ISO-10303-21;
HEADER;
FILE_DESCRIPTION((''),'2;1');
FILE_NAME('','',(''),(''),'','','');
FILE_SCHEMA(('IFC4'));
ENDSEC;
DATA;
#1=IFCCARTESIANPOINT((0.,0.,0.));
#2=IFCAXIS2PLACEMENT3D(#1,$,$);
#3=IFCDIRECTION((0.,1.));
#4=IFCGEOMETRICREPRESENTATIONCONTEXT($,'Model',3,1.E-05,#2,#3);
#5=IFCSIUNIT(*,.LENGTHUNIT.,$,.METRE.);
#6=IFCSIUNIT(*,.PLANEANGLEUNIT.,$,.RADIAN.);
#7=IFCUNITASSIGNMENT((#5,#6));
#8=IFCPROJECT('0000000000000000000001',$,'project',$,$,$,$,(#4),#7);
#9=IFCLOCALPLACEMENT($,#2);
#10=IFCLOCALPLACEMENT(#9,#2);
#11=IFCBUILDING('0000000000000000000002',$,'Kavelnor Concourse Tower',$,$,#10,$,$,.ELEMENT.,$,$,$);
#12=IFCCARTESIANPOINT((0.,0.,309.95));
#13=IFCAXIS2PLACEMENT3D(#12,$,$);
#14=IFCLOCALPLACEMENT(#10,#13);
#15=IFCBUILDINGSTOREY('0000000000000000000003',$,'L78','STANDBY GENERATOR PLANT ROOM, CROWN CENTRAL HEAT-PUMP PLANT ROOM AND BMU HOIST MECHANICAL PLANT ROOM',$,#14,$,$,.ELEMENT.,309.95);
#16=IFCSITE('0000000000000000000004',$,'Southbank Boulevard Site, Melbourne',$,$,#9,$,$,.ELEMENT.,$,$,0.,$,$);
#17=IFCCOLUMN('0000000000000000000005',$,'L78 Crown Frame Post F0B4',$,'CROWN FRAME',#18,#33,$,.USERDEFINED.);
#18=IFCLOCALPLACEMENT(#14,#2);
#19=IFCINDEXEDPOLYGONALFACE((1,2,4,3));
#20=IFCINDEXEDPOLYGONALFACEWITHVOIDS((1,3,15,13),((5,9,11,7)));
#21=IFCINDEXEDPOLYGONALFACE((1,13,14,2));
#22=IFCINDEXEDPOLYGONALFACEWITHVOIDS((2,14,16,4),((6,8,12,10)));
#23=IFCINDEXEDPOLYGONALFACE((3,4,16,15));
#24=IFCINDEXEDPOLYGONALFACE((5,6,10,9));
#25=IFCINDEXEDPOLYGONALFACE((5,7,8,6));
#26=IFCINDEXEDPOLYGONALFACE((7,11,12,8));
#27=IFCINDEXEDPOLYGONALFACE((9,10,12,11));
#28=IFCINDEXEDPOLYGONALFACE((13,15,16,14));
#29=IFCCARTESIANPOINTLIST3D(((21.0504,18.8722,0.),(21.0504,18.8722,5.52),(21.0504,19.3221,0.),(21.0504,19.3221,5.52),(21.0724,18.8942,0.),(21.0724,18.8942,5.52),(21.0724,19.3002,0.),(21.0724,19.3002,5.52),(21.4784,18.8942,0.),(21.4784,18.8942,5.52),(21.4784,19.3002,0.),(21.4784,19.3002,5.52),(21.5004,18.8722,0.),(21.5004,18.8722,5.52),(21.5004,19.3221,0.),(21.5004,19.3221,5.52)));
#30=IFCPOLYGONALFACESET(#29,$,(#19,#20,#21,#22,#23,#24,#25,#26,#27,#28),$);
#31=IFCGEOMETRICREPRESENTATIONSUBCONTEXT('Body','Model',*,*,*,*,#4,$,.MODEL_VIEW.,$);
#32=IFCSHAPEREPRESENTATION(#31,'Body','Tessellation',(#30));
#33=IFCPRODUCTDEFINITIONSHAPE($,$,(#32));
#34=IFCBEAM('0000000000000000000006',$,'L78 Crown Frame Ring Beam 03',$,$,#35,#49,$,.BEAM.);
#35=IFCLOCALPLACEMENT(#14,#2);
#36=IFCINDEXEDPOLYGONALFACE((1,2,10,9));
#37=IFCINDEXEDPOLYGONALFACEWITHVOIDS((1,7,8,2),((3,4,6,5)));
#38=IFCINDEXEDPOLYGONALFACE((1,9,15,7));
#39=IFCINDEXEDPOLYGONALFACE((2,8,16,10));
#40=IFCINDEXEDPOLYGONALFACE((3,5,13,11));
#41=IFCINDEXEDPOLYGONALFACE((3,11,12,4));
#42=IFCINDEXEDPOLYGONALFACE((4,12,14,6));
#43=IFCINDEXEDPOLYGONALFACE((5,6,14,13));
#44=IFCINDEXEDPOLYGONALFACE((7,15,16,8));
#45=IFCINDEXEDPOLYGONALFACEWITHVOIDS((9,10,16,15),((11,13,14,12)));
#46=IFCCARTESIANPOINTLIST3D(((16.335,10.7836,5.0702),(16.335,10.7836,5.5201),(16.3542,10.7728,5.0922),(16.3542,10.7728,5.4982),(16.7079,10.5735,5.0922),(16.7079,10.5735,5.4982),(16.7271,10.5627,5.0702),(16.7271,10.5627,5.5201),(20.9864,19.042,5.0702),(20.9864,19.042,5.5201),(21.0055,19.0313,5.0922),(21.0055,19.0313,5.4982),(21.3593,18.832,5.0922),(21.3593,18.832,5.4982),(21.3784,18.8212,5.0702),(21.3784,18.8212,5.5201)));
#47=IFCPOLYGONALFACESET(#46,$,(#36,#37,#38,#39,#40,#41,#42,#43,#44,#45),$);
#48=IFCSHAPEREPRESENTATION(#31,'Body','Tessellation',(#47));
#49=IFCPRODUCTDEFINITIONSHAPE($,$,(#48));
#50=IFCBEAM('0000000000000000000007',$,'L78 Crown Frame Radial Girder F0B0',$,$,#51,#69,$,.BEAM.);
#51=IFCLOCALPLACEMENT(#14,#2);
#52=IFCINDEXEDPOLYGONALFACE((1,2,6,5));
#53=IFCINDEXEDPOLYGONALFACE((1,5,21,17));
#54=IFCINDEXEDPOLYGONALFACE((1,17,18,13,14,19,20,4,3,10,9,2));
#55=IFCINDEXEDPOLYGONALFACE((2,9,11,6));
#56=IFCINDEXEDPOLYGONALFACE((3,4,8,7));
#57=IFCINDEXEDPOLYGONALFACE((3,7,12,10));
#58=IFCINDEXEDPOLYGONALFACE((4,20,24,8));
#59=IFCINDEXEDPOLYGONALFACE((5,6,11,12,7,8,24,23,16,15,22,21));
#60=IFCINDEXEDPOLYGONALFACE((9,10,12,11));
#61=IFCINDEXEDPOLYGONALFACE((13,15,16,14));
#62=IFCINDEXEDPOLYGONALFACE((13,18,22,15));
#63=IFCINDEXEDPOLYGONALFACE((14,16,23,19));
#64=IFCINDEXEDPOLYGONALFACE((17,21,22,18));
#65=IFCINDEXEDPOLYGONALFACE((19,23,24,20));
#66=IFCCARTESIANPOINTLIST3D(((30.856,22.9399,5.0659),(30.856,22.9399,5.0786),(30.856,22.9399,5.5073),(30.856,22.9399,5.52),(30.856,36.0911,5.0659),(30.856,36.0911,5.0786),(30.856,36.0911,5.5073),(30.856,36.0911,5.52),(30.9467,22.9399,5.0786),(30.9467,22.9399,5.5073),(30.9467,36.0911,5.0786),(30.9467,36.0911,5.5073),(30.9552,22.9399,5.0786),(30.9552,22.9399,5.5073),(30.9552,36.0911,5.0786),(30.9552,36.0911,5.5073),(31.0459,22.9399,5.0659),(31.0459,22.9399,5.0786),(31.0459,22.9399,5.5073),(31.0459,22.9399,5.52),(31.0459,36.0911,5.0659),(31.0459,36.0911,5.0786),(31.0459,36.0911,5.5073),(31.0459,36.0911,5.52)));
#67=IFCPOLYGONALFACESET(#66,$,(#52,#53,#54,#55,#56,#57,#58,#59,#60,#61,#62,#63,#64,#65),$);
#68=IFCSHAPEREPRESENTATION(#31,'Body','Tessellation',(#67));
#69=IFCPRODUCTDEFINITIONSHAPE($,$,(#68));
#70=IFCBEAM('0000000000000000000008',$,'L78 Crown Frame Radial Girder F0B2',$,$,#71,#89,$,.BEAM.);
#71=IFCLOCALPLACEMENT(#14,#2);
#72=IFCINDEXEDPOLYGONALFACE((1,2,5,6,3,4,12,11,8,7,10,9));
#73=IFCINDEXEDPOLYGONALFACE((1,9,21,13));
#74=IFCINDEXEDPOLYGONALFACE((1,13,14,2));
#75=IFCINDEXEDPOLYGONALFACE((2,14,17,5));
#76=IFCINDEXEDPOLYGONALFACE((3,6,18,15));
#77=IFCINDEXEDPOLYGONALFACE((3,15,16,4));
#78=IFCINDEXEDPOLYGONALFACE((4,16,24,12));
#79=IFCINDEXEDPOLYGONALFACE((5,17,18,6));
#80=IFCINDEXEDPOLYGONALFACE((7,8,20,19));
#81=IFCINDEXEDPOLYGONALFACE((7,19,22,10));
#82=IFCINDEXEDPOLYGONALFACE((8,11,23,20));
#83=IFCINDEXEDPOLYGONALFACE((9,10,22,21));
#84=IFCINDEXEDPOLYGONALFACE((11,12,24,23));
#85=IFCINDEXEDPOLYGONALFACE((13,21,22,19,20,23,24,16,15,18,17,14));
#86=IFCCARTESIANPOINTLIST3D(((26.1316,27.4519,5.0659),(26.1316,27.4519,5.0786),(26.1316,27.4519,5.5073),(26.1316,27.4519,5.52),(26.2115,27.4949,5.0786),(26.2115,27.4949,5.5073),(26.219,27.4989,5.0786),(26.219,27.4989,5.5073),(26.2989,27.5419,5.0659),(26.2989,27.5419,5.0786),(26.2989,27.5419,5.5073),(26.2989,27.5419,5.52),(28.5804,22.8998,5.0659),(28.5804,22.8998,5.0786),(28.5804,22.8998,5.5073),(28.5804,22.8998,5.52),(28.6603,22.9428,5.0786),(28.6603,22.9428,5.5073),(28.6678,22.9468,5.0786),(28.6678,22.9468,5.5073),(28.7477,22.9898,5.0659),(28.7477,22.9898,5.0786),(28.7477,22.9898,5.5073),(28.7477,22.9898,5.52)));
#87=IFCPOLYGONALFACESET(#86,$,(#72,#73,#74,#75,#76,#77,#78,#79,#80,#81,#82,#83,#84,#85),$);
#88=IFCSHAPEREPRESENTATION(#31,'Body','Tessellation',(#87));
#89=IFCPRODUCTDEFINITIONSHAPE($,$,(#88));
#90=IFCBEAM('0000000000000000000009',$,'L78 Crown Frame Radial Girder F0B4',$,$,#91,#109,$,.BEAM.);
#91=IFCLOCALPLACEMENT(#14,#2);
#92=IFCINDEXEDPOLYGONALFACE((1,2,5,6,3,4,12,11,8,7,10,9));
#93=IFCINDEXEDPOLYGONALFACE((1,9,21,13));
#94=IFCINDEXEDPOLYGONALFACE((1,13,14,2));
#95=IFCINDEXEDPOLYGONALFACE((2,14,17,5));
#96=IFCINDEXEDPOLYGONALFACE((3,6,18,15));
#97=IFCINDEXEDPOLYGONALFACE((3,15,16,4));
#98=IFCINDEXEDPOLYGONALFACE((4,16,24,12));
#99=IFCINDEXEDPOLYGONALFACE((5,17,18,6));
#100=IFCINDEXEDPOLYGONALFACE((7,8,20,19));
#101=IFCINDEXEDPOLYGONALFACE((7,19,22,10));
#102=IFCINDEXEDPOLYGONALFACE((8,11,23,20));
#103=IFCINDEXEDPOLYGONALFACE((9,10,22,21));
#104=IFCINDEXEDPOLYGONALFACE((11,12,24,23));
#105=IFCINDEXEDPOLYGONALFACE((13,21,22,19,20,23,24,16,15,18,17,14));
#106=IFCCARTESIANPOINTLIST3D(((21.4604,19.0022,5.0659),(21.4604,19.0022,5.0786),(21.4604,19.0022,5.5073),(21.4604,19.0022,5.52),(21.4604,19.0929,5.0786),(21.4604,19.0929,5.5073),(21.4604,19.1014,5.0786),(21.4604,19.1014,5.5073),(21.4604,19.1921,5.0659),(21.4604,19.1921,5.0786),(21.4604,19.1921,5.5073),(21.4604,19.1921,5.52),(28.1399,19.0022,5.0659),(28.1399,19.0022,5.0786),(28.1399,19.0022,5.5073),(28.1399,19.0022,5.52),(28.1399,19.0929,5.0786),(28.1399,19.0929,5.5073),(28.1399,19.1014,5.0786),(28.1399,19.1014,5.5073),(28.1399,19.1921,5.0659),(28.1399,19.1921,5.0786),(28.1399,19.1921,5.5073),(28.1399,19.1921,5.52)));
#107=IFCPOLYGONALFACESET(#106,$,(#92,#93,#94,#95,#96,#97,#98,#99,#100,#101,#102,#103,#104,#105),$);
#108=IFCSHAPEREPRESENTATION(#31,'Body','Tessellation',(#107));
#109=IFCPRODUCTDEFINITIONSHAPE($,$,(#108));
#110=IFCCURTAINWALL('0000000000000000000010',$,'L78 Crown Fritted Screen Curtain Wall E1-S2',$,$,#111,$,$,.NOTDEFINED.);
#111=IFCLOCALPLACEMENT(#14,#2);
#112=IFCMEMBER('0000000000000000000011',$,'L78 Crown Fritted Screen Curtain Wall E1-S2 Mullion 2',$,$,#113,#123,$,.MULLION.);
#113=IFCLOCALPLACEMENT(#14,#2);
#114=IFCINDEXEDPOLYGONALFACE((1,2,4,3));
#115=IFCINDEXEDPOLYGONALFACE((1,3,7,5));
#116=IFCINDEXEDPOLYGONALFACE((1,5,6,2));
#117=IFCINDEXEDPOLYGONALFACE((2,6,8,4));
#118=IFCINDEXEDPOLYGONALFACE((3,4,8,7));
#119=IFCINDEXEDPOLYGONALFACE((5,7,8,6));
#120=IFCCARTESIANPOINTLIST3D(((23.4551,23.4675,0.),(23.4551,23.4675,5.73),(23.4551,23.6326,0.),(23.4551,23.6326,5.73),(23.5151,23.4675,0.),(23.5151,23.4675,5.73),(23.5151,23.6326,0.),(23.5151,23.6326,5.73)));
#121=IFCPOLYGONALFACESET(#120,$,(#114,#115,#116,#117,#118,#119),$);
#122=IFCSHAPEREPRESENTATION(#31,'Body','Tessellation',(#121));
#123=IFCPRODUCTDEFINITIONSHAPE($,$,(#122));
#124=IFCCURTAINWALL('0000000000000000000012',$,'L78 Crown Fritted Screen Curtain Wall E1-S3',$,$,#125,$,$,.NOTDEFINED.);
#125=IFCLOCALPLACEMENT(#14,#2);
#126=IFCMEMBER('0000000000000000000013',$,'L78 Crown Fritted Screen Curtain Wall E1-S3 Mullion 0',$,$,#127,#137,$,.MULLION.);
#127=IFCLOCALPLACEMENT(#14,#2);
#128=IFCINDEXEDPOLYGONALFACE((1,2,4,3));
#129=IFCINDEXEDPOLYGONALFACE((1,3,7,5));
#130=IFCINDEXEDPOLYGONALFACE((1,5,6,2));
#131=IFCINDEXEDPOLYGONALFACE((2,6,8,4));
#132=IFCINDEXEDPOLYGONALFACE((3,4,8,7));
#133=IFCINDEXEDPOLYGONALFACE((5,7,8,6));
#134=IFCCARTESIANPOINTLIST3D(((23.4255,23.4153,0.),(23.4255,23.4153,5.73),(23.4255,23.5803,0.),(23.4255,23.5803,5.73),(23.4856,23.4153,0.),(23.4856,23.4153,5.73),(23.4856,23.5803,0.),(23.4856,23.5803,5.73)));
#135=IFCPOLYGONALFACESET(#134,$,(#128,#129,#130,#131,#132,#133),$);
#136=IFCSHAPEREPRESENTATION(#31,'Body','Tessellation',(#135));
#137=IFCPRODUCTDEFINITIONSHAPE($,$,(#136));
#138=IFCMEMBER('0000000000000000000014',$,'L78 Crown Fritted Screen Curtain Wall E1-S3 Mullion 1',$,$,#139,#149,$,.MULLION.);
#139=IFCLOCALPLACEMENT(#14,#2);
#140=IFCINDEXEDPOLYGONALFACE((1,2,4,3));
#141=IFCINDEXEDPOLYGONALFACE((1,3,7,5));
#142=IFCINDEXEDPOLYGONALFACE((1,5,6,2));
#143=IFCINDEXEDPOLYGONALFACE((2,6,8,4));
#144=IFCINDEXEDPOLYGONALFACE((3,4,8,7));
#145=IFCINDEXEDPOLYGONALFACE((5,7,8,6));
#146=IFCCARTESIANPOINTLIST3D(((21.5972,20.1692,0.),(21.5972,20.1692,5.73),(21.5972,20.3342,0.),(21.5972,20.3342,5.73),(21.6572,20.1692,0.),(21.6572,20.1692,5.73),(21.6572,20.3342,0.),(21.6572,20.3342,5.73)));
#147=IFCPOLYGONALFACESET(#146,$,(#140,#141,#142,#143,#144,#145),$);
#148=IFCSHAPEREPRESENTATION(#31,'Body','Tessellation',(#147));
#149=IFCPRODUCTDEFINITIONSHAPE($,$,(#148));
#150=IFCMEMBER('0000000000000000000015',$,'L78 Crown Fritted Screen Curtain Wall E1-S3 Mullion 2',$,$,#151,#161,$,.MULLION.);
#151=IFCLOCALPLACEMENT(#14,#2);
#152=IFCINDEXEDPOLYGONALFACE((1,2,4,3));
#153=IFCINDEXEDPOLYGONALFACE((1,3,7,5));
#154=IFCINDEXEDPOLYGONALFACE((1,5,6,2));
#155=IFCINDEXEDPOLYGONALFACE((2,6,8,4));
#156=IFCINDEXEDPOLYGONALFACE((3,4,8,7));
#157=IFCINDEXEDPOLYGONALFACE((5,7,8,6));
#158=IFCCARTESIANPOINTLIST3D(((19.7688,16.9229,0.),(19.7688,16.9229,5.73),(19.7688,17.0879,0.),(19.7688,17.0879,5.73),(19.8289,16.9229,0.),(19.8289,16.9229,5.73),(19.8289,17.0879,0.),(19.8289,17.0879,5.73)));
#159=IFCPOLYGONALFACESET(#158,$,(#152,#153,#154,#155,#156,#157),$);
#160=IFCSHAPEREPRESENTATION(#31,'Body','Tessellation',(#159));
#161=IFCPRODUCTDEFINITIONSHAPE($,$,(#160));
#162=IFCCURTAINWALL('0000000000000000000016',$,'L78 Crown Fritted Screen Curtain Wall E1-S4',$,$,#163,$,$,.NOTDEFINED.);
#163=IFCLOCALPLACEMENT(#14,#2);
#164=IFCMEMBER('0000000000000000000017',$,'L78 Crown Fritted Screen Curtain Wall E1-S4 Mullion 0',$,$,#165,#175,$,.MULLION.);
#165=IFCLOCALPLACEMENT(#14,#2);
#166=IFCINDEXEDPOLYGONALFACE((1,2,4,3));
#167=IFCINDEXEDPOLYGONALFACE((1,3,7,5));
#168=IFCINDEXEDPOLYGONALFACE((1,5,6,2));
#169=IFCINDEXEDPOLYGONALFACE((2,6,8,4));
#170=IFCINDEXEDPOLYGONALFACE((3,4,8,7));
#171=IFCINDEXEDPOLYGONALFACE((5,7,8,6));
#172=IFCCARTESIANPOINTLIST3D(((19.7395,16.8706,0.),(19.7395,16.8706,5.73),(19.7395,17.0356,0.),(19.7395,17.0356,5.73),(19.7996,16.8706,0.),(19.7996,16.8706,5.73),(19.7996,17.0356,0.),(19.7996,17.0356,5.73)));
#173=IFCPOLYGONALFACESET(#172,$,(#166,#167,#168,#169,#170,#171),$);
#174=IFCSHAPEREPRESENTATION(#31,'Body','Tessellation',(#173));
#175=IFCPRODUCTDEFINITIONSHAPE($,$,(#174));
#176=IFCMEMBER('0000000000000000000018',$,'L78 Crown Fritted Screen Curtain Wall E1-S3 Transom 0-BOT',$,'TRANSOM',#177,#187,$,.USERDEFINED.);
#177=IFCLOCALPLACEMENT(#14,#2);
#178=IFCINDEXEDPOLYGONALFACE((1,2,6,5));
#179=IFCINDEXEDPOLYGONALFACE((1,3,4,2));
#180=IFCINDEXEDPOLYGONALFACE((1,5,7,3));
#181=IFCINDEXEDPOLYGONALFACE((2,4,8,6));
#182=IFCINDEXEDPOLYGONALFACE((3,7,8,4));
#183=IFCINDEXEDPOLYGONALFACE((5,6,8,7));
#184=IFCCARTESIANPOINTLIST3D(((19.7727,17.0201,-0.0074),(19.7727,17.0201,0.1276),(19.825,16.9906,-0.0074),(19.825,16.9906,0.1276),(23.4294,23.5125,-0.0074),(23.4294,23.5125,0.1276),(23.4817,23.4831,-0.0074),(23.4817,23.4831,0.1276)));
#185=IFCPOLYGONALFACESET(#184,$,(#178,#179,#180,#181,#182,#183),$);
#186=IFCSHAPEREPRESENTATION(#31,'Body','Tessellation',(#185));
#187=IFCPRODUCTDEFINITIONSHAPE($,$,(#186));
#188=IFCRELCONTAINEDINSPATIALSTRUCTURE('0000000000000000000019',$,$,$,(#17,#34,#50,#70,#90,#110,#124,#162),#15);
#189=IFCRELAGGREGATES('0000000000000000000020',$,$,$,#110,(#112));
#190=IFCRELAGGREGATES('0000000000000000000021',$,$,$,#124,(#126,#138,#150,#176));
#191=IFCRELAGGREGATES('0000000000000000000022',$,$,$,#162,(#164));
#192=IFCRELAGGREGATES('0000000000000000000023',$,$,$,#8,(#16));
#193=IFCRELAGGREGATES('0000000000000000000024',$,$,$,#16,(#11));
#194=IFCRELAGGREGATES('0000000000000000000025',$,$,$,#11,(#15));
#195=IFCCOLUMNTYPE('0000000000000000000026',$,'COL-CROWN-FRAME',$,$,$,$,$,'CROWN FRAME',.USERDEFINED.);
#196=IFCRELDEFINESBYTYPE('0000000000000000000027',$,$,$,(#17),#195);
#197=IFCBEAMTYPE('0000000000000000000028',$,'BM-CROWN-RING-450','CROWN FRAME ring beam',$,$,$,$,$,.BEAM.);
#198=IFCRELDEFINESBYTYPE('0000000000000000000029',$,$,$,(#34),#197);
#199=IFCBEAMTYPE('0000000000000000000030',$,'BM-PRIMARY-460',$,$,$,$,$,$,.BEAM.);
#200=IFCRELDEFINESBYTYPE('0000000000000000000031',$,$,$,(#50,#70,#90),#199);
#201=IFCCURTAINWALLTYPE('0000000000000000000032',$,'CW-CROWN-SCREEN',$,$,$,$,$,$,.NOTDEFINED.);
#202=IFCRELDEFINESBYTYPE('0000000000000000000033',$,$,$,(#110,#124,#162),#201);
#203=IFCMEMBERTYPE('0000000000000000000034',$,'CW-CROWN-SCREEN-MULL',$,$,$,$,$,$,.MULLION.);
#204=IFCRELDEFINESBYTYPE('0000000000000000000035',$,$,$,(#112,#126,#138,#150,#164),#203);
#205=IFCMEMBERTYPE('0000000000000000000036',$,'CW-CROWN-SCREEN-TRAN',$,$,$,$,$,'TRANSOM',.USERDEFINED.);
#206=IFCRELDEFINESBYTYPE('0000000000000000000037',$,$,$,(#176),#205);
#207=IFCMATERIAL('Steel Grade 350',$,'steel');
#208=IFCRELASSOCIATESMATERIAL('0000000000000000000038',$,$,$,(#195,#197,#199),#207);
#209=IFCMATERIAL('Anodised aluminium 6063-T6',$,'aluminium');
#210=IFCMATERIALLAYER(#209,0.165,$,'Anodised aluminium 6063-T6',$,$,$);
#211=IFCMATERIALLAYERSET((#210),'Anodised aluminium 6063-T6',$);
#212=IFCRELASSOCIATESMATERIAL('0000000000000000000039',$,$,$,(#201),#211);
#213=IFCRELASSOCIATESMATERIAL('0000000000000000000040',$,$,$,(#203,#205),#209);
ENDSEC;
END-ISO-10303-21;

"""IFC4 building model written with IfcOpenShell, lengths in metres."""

from ifc_helpers import new_model, si_unit, direction, frame, origin, origin_2d, place, context, subcontext, project, spatial, rectangle, hollow_rectangle, i_section, extrude, material, layer, layer_set, material_profile, profile_set, type_object, element, aggregate, save


model = new_model("IFC4")

# Units and contexts
model_context = context("Model", 3, precision=1e-05, world=origin(), true_north=direction((0.0, 1.0)))
body_context = subcontext(model_context, "Body", "Model", "MODEL_VIEW")
ifc_project = project(units=[si_unit("LENGTHUNIT", "METRE"), si_unit("PLANEANGLEUNIT", "RADIAN")], contexts=[model_context])

# Site, building, storey
site_placement = place(None, origin())
site = spatial("IfcSite", under=ifc_project, at=site_placement, Name="Southbank Boulevard Site, Melbourne", CompositionType="ELEMENT", RefElevation=0.0)
building_placement = place(site_placement, origin())
building = spatial("IfcBuilding", under=site, at=building_placement, Name="Kavelnor Concourse Tower", CompositionType="ELEMENT")
storey_placement = place(building_placement, frame((0.0, 0.0, 309.95)))
storey = spatial("IfcBuildingStorey", under=building, at=storey_placement, Name="L78", Description="STANDBY GENERATOR PLANT ROOM, CROWN CENTRAL HEAT-PUMP PLANT ROOM AND BMU HOIST MECHANICAL PLANT ROOM", CompositionType="ELEMENT", Elevation=309.95)

# Column
ifc_material_1 = material(Name="Steel Grade 350", Category="steel")
ifc_material_profile_1 = material_profile(ifc_material_1, hollow_rectangle(XDim=0.45, YDim=0.45, WallThickness=0.022, at=origin_2d()), Name="SHS 450x450x22")
ifc_profile_set_1 = profile_set([ifc_material_profile_1], Name="Steel Grade 350")
column_type = type_object("IfcColumnType", Name="COL-CROWN-FRAME", ElementType="CROWN FRAME", PredefinedType="USERDEFINED", material=ifc_profile_set_1)
column_placement = place(storey_placement, frame((21.2754, 19.0972, 0.0), z_axis=(0.0, 0.0, 1.0), x_axis=(1.0, 0.0, 0.0)))
element("IfcColumn", 1, at=column_placement, inside=storey, type_object=column_type, Name="L78 Crown Frame Post F0B4", ObjectType="CROWN FRAME", PredefinedType="USERDEFINED", context=body_context, shape_type="SweptSolid", body=[
    extrude(hollow_rectangle(XDim=0.45, YDim=0.45, WallThickness=0.022, at=origin_2d()), origin(), (0.0, 0.0, 1.0), 5.52),
])

# Beams
ifc_material_profile_2 = material_profile(ifc_material_1, hollow_rectangle(XDim=0.45, YDim=0.45, WallThickness=0.022, at=origin_2d()), Name="RHS 450x450x22")
ifc_profile_set_2 = profile_set([ifc_material_profile_2], Name="Steel Grade 350")
beam_type_1 = type_object("IfcBeamType", Name="BM-CROWN-RING-450", Description="CROWN FRAME ring beam", PredefinedType="BEAM", material=ifc_profile_set_2)
beam_1_placement = place(storey_placement, frame((21.1824, 18.9316, 5.2952), z_axis=(-0.490737, -0.871308, 0.0), x_axis=(0.871308, -0.490737, 0.0)))
element("IfcBeam", 2, at=beam_1_placement, inside=storey, type_object=beam_type_1, Name="L78 Crown Frame Ring Beam 03", PredefinedType="BEAM", context=body_context, shape_type="SweptSolid", body=[
    extrude(hollow_rectangle(XDim=0.45, YDim=0.45, WallThickness=0.022, at=origin_2d()), origin(), (0.0, 0.0, 1.0), 9.4783),
])
ifc_material_profile_3 = material_profile(ifc_material_1, i_section(OverallWidth=0.1899, OverallDepth=0.4541, WebThickness=0.0085, FlangeThickness=0.0127, at=origin_2d()), Name="460UB67")
ifc_profile_set_3 = profile_set([ifc_material_profile_3], Name="Steel Grade 350")
beam_type_2 = type_object("IfcBeamType", Name="BM-PRIMARY-460", PredefinedType="BEAM", material=ifc_profile_set_3)
beam_2_placement = place(storey_placement, frame((30.9509, 22.9399, 5.293), z_axis=(0.0, 1.0, 0.0), x_axis=(-1.0, 0.0, 0.0)))
element("IfcBeam", 3, at=beam_2_placement, inside=storey, type_object=beam_type_2, Name="L78 Crown Frame Radial Girder F0B0", PredefinedType="BEAM", context=body_context, shape_type="SweptSolid", body=[
    extrude(i_section(OverallWidth=0.1899, OverallDepth=0.4541, WebThickness=0.0085, FlangeThickness=0.0127, at=origin_2d()), origin(), (0.0, 0.0, 1.0), 13.1511),
])
beam_3_placement = place(storey_placement, frame((28.6641, 22.9448, 5.293), z_axis=(-0.473748, 0.880661, 0.0), x_axis=(-0.880661, -0.473748, 0.0)))
element("IfcBeam", 4, at=beam_3_placement, inside=storey, type_object=beam_type_2, Name="L78 Crown Frame Radial Girder F0B2", PredefinedType="BEAM", context=body_context, shape_type="SweptSolid", body=[
    extrude(i_section(OverallWidth=0.1899, OverallDepth=0.4541, WebThickness=0.0085, FlangeThickness=0.0127, at=origin_2d()), origin(), (0.0, 0.0, 1.0), 5.1689),
])
beam_4_placement = place(storey_placement, frame((28.1399, 19.0972, 5.293), z_axis=(-1.0, 0.0, 0.0), x_axis=(0.0, -1.0, 0.0)))
element("IfcBeam", 5, at=beam_4_placement, inside=storey, type_object=beam_type_2, Name="L78 Crown Frame Radial Girder F0B4", PredefinedType="BEAM", context=body_context, shape_type="SweptSolid", body=[
    extrude(i_section(OverallWidth=0.1899, OverallDepth=0.4541, WebThickness=0.0085, FlangeThickness=0.0127, at=origin_2d()), origin(), (0.0, 0.0, 1.0), 6.6794),
])

# Curtain wall, member
ifc_material_2 = material(Name="Anodised aluminium 6063-T6", Category="aluminium")
ifc_layer_1 = layer(ifc_material_2, 0.165, Name="Anodised aluminium 6063-T6")
ifc_layer_set_1 = layer_set([ifc_layer_1], Name="Anodised aluminium 6063-T6")
curtain_wall_type = type_object("IfcCurtainWallType", Name="CW-CROWN-SCREEN", PredefinedType="NOTDEFINED", material=ifc_layer_set_1)
curtain_wall_1_placement = place(storey_placement, origin())
curtain_wall_1 = element("IfcCurtainWall", 6, at=curtain_wall_1_placement, inside=storey, type_object=curtain_wall_type, Name="L78 Crown Fritted Screen Curtain Wall E1-S2", PredefinedType="NOTDEFINED")
ifc_material_profile_4 = material_profile(ifc_material_2, rectangle(XDim=0.0601, YDim=0.165, at=origin_2d()), Name="AL-MULL 60x165")
ifc_profile_set_4 = profile_set([ifc_material_profile_4], Name="Anodised aluminium 6063-T6")
member_type_1 = type_object("IfcMemberType", Name="CW-CROWN-SCREEN-MULL", PredefinedType="MULLION", material=ifc_profile_set_4)
member_1_placement = place(storey_placement, frame((23.4851, 23.55, 0.0), z_axis=(0.0, 0.0, 1.0), x_axis=(1.0, 0.0, 0.0)))
member_1 = element("IfcMember", 7, at=member_1_placement, type_object=member_type_1, Name="L78 Crown Fritted Screen Curtain Wall E1-S2 Mullion 2", PredefinedType="MULLION", context=body_context, shape_type="SweptSolid", body=[
    extrude(rectangle(XDim=0.0601, YDim=0.165, at=origin_2d()), origin(), (0.0, 0.0, 1.0), 5.73),
])
aggregate(curtain_wall_1, [member_1])

# Curtain wall, members
curtain_wall_2_placement = place(storey_placement, origin())
curtain_wall_2 = element("IfcCurtainWall", 8, at=curtain_wall_2_placement, inside=storey, type_object=curtain_wall_type, Name="L78 Crown Fritted Screen Curtain Wall E1-S3", PredefinedType="NOTDEFINED")
member_2_placement = place(storey_placement, frame((23.4556, 23.4978, 0.0), z_axis=(0.0, 0.0, 1.0), x_axis=(1.0, 0.0, 0.0)))
member_2 = element("IfcMember", 9, at=member_2_placement, type_object=member_type_1, Name="L78 Crown Fritted Screen Curtain Wall E1-S3 Mullion 0", PredefinedType="MULLION", context=body_context, shape_type="SweptSolid", body=[
    extrude(rectangle(XDim=0.0601, YDim=0.165, at=origin_2d()), origin(), (0.0, 0.0, 1.0), 5.73),
])
member_3_placement = place(storey_placement, frame((21.6272, 20.2517, 0.0), z_axis=(0.0, 0.0, 1.0), x_axis=(1.0, 0.0, 0.0)))
member_3 = element("IfcMember", 10, at=member_3_placement, type_object=member_type_1, Name="L78 Crown Fritted Screen Curtain Wall E1-S3 Mullion 1", PredefinedType="MULLION", context=body_context, shape_type="SweptSolid", body=[
    extrude(rectangle(XDim=0.0601, YDim=0.165, at=origin_2d()), origin(), (0.0, 0.0, 1.0), 5.73),
])
member_4_placement = place(storey_placement, frame((19.7988, 17.0054, 0.0), z_axis=(0.0, 0.0, 1.0), x_axis=(1.0, 0.0, 0.0)))
member_4 = element("IfcMember", 11, at=member_4_placement, type_object=member_type_1, Name="L78 Crown Fritted Screen Curtain Wall E1-S3 Mullion 2", PredefinedType="MULLION", context=body_context, shape_type="SweptSolid", body=[
    extrude(rectangle(XDim=0.0601, YDim=0.165, at=origin_2d()), origin(), (0.0, 0.0, 1.0), 5.73),
])

# Curtain wall, member
curtain_wall_3_placement = place(storey_placement, origin())
curtain_wall_3 = element("IfcCurtainWall", 12, at=curtain_wall_3_placement, inside=storey, type_object=curtain_wall_type, Name="L78 Crown Fritted Screen Curtain Wall E1-S4", PredefinedType="NOTDEFINED")
member_5_placement = place(storey_placement, frame((19.7695, 16.9531, 0.0), z_axis=(0.0, 0.0, 1.0), x_axis=(1.0, 0.0, 0.0)))
member_5 = element("IfcMember", 13, at=member_5_placement, type_object=member_type_1, Name="L78 Crown Fritted Screen Curtain Wall E1-S4 Mullion 0", PredefinedType="MULLION", context=body_context, shape_type="SweptSolid", body=[
    extrude(rectangle(XDim=0.0601, YDim=0.165, at=origin_2d()), origin(), (0.0, 0.0, 1.0), 5.73),
])

# Member
ifc_material_profile_5 = material_profile(ifc_material_2, rectangle(XDim=0.0601, YDim=0.135, at=origin_2d()), Name="AL-TRAN 60x135")
ifc_profile_set_5 = profile_set([ifc_material_profile_5], Name="Anodised aluminium 6063-T6")
member_type_2 = type_object("IfcMemberType", Name="CW-CROWN-SCREEN-TRAN", ElementType="TRANSOM", PredefinedType="USERDEFINED", material=ifc_profile_set_5)
member_6_placement = place(storey_placement, frame((23.4556, 23.4978, 0.0601), z_axis=(-0.490745, -0.871303, 0.0), x_axis=(0.871303, -0.490745, 0.0)))
member_6 = element("IfcMember", 14, at=member_6_placement, type_object=member_type_2, Name="L78 Crown Fritted Screen Curtain Wall E1-S3 Transom 0-BOT", ObjectType="TRANSOM", PredefinedType="USERDEFINED", context=body_context, shape_type="SweptSolid", body=[
    extrude(rectangle(XDim=0.0601, YDim=0.135, at=origin_2d()), origin(), (0.0, 0.0, 1.0), 7.4514),
])

aggregate(curtain_wall_2, [member_2, member_3, member_4, member_6])
aggregate(curtain_wall_3, [member_5])

save(model, "model.ifc")
